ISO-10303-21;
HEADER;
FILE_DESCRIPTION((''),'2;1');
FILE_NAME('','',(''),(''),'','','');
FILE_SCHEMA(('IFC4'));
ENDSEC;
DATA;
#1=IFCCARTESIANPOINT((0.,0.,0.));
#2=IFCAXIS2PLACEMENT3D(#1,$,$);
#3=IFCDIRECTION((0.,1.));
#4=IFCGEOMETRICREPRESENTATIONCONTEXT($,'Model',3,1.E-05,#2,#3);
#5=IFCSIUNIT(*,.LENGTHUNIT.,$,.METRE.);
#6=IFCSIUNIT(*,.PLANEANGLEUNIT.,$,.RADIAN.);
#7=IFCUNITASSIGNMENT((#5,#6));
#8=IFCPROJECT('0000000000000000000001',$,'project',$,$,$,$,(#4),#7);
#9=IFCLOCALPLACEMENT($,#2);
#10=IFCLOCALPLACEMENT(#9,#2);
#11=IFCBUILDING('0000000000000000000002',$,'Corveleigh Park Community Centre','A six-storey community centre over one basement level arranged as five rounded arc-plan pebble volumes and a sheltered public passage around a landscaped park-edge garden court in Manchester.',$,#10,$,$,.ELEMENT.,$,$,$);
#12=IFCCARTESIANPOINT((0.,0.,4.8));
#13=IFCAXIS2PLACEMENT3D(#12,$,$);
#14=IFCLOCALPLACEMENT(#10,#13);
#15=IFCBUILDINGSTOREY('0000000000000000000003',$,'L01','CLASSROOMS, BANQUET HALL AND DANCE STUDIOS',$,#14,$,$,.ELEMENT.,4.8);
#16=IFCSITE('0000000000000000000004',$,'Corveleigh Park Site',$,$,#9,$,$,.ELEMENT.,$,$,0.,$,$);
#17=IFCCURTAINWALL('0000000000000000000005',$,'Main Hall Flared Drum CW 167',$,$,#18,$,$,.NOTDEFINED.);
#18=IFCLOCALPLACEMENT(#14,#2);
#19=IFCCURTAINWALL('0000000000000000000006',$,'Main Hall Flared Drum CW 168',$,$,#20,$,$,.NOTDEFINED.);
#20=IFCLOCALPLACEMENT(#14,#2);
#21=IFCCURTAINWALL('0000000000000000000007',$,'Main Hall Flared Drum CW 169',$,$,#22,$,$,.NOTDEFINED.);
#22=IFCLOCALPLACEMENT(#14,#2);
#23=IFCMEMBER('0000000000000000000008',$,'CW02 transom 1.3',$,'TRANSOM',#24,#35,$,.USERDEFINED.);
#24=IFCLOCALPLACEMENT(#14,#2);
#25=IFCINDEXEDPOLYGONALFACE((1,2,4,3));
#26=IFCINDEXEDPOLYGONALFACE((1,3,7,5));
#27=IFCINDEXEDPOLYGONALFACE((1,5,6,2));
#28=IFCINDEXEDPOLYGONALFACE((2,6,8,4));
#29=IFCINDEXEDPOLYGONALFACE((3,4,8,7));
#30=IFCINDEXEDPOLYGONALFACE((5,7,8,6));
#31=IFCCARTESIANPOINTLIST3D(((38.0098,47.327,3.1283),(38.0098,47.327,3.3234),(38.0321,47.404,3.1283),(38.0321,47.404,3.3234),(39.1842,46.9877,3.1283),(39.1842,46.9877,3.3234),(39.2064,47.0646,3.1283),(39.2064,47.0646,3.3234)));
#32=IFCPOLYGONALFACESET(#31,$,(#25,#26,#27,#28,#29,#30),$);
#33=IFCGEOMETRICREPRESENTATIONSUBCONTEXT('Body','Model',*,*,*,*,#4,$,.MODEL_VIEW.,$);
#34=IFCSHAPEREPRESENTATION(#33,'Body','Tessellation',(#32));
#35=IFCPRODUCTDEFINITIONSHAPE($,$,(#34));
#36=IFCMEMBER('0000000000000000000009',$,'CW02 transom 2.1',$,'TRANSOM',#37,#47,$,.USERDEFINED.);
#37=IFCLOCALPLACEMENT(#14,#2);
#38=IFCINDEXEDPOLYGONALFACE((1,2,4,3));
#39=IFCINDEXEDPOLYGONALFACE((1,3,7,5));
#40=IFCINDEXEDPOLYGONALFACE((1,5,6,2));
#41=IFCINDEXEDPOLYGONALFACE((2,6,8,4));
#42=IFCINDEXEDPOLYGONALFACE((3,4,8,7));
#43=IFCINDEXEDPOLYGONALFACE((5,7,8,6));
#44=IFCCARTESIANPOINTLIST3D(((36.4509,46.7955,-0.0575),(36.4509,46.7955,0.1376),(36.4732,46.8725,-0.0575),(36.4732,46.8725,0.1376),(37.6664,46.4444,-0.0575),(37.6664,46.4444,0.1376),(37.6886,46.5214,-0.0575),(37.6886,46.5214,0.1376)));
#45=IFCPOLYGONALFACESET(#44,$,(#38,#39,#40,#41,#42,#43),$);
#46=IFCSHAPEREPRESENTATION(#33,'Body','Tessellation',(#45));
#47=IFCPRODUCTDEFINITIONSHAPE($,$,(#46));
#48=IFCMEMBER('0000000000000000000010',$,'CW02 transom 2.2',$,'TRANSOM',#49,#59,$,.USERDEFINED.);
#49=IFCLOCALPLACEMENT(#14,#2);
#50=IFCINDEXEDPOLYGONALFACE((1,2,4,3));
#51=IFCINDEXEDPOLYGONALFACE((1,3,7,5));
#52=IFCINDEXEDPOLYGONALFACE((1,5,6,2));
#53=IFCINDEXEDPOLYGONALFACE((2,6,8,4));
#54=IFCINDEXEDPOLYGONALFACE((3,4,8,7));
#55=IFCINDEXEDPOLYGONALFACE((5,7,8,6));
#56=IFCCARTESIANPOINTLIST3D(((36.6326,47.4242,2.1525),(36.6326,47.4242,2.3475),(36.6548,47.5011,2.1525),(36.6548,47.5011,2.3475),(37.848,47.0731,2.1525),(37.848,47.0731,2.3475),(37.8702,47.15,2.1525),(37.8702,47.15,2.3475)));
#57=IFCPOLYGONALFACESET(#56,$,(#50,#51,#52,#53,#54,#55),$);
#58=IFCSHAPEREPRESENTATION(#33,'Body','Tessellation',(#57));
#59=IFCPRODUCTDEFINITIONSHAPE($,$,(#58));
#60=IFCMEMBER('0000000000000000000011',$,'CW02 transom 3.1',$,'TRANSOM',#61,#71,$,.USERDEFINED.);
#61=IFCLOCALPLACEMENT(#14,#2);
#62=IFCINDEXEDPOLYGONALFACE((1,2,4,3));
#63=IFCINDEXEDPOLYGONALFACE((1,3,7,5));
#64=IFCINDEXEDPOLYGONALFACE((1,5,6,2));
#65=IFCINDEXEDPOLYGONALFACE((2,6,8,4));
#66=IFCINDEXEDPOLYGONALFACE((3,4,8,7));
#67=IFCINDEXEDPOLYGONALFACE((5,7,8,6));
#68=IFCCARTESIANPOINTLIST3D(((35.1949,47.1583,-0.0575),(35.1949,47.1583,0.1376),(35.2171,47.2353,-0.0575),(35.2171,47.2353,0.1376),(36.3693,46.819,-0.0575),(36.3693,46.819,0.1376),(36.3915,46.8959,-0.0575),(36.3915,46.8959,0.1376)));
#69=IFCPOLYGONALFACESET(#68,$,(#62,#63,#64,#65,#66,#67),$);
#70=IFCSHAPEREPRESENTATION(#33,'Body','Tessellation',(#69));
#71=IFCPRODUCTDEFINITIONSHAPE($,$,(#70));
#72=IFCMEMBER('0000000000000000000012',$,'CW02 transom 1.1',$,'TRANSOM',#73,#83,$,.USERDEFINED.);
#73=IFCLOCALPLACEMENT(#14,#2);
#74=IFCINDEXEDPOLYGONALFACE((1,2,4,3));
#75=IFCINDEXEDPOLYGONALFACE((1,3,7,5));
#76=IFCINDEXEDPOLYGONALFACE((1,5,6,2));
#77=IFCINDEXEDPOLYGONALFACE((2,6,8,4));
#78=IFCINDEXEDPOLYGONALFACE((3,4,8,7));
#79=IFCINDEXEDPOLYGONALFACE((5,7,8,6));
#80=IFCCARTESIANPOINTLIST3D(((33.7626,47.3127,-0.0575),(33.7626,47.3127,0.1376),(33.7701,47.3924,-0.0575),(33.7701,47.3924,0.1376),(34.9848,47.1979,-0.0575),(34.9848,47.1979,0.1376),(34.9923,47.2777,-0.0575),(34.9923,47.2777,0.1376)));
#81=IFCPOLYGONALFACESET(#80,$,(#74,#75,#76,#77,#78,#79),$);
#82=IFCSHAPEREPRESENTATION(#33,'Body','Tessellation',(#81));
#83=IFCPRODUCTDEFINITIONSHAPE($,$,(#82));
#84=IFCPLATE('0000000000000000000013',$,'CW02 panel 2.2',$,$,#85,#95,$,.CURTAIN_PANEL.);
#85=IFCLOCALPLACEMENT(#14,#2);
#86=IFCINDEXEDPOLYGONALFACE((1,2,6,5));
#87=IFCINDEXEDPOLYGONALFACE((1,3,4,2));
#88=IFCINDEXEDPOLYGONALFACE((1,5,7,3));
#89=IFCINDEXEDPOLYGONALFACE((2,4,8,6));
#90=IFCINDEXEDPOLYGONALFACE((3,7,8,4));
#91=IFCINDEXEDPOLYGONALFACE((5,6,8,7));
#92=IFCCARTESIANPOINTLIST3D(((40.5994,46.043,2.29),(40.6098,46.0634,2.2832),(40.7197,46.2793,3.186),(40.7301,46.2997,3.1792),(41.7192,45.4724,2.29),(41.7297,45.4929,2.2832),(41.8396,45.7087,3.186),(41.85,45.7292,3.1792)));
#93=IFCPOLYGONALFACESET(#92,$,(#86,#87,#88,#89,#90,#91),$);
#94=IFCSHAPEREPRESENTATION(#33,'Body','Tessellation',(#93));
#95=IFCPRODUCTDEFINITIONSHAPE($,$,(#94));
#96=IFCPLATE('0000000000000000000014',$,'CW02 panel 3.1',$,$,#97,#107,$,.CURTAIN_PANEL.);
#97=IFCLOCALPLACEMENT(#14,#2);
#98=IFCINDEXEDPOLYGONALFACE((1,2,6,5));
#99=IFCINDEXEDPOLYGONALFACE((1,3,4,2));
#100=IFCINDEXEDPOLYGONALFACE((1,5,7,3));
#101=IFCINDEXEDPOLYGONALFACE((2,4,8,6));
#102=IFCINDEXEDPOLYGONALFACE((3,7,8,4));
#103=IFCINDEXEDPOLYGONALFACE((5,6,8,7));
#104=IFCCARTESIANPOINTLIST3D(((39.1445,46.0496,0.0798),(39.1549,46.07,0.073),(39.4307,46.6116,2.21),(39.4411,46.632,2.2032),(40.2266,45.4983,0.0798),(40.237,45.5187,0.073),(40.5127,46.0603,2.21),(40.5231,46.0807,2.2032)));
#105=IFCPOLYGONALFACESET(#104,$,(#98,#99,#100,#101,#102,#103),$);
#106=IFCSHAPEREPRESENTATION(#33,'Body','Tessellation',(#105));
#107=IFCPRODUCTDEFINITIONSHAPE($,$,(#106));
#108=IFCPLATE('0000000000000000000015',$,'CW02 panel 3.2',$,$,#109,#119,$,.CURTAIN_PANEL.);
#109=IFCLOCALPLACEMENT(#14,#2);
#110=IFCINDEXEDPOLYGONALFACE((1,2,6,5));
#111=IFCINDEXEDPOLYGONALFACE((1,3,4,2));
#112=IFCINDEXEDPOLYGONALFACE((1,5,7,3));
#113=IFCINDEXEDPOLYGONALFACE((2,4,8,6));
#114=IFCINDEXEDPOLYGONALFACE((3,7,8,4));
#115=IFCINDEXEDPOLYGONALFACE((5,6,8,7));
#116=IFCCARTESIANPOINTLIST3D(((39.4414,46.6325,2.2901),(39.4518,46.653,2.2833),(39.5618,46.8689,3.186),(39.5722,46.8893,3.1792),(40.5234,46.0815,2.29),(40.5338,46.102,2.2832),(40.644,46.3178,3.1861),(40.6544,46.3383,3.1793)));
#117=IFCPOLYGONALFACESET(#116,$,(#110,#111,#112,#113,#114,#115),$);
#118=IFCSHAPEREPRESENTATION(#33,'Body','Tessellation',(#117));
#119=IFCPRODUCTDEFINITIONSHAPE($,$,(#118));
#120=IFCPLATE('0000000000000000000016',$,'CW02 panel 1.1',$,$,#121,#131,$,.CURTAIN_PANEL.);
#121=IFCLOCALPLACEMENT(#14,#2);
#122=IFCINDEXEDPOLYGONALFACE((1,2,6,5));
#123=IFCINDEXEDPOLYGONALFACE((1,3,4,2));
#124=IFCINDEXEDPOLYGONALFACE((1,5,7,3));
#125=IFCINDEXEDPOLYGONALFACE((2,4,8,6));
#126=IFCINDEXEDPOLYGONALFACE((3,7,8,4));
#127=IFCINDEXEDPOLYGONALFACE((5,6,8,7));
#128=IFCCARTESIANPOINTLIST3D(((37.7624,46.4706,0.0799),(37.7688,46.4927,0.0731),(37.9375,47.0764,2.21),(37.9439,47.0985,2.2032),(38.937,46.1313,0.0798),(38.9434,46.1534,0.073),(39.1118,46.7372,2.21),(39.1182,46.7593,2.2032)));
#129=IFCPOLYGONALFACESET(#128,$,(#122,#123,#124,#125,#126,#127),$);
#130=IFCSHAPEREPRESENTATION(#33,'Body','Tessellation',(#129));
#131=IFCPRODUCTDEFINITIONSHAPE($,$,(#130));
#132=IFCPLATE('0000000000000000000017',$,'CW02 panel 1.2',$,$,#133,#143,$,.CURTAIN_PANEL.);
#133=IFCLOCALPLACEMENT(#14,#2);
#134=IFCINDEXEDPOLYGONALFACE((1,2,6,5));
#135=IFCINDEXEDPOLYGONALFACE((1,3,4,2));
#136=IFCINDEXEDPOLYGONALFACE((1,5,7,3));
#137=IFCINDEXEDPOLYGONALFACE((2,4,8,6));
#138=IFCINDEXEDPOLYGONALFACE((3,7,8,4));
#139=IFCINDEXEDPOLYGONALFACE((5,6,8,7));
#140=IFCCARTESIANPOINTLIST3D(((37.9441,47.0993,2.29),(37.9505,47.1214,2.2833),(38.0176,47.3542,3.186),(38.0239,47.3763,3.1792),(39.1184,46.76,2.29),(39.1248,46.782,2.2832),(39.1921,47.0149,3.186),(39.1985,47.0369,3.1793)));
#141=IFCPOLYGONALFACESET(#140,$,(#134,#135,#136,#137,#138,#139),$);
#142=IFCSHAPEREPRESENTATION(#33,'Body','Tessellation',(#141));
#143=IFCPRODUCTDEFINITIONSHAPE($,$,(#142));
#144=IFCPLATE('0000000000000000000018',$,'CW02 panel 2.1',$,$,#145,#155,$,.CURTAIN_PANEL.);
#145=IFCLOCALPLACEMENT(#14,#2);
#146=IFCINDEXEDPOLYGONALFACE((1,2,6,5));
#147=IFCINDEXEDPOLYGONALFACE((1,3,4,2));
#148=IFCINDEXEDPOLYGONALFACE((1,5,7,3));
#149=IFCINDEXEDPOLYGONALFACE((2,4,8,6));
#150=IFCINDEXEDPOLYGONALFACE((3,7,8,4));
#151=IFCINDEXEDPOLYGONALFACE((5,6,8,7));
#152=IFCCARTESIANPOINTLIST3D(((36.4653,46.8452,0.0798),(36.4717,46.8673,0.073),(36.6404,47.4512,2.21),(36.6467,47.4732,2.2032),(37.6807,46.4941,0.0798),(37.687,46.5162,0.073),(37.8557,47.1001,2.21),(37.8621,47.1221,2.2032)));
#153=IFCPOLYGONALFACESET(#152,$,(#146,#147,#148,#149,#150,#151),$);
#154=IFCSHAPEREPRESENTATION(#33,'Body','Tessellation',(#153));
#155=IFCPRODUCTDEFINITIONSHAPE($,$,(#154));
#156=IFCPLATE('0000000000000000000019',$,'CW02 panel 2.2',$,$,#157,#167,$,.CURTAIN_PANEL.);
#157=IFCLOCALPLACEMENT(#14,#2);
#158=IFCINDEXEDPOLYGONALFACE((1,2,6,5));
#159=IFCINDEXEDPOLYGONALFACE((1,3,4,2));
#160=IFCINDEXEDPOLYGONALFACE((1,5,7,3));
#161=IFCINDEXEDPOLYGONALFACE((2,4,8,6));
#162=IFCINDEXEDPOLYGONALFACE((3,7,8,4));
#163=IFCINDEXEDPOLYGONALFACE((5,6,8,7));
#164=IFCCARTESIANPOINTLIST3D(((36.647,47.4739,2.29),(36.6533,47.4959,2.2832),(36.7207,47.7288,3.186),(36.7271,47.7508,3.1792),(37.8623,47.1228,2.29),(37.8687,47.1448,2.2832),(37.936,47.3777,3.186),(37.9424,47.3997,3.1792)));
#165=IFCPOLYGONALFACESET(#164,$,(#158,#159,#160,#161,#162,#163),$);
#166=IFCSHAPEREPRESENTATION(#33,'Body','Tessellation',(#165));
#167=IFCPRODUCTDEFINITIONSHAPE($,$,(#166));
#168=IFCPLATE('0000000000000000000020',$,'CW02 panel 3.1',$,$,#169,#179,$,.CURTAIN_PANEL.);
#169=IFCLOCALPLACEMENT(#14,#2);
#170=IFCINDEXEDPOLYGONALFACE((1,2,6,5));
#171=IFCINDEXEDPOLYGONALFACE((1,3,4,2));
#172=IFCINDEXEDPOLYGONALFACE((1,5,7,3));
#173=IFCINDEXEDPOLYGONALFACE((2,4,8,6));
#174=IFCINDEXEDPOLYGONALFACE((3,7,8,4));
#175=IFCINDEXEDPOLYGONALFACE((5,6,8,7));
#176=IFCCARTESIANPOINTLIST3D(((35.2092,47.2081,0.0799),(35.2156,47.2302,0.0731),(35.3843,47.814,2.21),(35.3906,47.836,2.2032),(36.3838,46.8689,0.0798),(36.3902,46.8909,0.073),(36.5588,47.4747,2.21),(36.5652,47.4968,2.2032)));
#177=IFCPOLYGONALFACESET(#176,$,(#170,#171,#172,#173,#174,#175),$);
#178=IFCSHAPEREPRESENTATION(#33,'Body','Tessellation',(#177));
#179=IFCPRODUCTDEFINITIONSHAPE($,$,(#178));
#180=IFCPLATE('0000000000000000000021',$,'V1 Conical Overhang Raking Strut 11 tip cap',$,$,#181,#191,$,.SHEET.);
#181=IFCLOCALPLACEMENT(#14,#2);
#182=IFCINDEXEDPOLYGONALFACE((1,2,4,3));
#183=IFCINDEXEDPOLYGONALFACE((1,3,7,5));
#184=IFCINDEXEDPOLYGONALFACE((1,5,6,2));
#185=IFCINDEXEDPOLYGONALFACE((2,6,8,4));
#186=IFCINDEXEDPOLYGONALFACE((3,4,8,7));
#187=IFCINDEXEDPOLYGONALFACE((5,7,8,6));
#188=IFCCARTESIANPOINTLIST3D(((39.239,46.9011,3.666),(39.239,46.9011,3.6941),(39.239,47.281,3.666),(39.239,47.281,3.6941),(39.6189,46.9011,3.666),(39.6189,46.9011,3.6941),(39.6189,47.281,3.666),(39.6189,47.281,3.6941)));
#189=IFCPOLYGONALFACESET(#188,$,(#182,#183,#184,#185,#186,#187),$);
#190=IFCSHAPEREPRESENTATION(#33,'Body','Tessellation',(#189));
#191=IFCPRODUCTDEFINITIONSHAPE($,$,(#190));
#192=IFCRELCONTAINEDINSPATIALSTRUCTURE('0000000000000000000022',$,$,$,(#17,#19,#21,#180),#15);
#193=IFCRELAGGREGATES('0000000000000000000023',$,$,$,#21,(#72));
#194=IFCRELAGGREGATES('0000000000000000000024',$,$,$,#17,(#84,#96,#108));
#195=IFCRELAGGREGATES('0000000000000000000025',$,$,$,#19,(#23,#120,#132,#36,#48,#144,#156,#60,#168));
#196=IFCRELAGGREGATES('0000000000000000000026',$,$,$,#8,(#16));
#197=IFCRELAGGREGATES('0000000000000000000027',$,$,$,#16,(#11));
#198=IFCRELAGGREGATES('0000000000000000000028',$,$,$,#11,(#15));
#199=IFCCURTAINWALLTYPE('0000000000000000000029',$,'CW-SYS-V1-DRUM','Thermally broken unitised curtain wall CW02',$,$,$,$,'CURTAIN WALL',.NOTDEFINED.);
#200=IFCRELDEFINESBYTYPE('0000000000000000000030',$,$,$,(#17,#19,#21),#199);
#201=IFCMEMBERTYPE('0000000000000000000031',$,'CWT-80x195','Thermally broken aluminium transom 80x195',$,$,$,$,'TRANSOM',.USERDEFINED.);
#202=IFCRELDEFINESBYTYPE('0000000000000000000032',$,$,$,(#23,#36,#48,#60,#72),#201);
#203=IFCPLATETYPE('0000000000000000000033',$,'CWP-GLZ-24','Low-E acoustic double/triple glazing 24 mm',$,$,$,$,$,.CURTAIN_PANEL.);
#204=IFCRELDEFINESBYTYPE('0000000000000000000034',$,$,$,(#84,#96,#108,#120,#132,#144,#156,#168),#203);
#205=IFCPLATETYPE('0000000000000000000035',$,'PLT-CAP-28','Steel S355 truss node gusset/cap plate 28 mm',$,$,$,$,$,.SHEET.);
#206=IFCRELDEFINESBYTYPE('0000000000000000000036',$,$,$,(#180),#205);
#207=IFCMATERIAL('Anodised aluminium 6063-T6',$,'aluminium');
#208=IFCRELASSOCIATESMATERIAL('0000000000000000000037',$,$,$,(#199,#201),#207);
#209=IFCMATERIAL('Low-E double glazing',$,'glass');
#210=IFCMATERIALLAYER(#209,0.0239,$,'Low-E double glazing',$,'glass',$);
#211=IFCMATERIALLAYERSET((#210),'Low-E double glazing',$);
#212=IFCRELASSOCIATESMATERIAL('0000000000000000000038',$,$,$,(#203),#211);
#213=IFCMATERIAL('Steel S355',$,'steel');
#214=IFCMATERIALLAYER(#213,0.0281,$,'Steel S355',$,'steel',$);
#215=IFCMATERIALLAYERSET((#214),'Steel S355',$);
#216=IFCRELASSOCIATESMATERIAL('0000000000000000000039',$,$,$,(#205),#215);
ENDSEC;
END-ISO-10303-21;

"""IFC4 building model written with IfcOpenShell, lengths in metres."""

from ifc_helpers import new_model, si_unit, direction, frame, origin, origin_2d, place, context, subcontext, project, spatial, polyline, rectangle, outline, extrude, material, layer, layer_set, material_profile, profile_set, type_object, element, aggregate, save


model = new_model("IFC4")

# Units and contexts
model_context = context("Model", 3, precision=1e-05, world=origin(), true_north=direction((0.0, 1.0)))
body_context = subcontext(model_context, "Body", "Model", "MODEL_VIEW")
ifc_project = project(units=[si_unit("LENGTHUNIT", "METRE"), si_unit("PLANEANGLEUNIT", "RADIAN")], contexts=[model_context])

# Site, building, storey
site_placement = place(None, origin())
site = spatial("IfcSite", under=ifc_project, at=site_placement, Name="Corveleigh Park Site", CompositionType="ELEMENT", RefElevation=0.0)
building_placement = place(site_placement, origin())
building = spatial("IfcBuilding", under=site, at=building_placement, Name="Corveleigh Park Community Centre", Description="A six-storey community centre over one basement level arranged as five rounded arc-plan pebble volumes and a sheltered public passage around a landscaped park-edge garden court in Manchester.", CompositionType="ELEMENT")
storey_placement = place(building_placement, frame((0.0, 0.0, 4.8)))
storey = spatial("IfcBuildingStorey", under=building, at=storey_placement, Name="L01", Description="CLASSROOMS, BANQUET HALL AND DANCE STUDIOS", CompositionType="ELEMENT", Elevation=4.8)

# Curtain walls
ifc_material_1 = material(Name="Anodised aluminium 6063-T6", Category="aluminium")
curtain_wall_type = type_object("IfcCurtainWallType", Name="CW-SYS-V1-DRUM", Description="Thermally broken unitised curtain wall CW02", ElementType="CURTAIN WALL", PredefinedType="NOTDEFINED", material=ifc_material_1)
curtain_wall_1_placement = place(storey_placement, origin())
curtain_wall_1 = element("IfcCurtainWall", 1, at=curtain_wall_1_placement, inside=storey, type_object=curtain_wall_type, Name="Main Hall Flared Drum CW 167", PredefinedType="NOTDEFINED")
curtain_wall_2_placement = place(storey_placement, origin())
curtain_wall_2 = element("IfcCurtainWall", 2, at=curtain_wall_2_placement, inside=storey, type_object=curtain_wall_type, Name="Main Hall Flared Drum CW 168", PredefinedType="NOTDEFINED")

# Curtain wall
curtain_wall_3_placement = place(storey_placement, origin())
curtain_wall_3 = element("IfcCurtainWall", 3, at=curtain_wall_3_placement, inside=storey, type_object=curtain_wall_type, Name="Main Hall Flared Drum CW 169", PredefinedType="NOTDEFINED")

# Members
ifc_material_profile_1 = material_profile(ifc_material_1, rectangle(XDim=0.0801, YDim=0.1951, at=origin_2d()), Name="ALU-T80x195", Category="aluminium")
ifc_profile_set_1 = profile_set([ifc_material_profile_1], Name="Anodised aluminium 6063-T6")
member_type_1 = type_object("IfcMemberType", Name="CWT-80x195", Description="Thermally broken aluminium transom 80x195", ElementType="TRANSOM", PredefinedType="USERDEFINED", material=ifc_profile_set_1)
member_1_placement = place(storey_placement, frame((39.1953, 47.0261, 3.2258), z_axis=(-0.960691, 0.277622, 0.0), x_axis=(-0.277622, -0.960691, 0.0)))
member_1 = element("IfcMember", 4, at=member_1_placement, type_object=member_type_1, Name="CW02 transom 1.3", ObjectType="TRANSOM", PredefinedType="USERDEFINED", context=body_context, shape_type="SweptSolid", body=[
    extrude(rectangle(XDim=0.0801, YDim=0.1951, at=origin_2d()), origin(), (0.0, 0.0, 1.0), 1.2224),
])
member_2_placement = place(storey_placement, frame((37.6775, 46.4829, 0.04), z_axis=(-0.960719, 0.277524, 0.0), x_axis=(-0.277524, -0.960719, 0.0)))
member_2 = element("IfcMember", 5, at=member_2_placement, type_object=member_type_1, Name="CW02 transom 2.1", ObjectType="TRANSOM", PredefinedType="USERDEFINED", context=body_context, shape_type="SweptSolid", body=[
    extrude(rectangle(XDim=0.0801, YDim=0.1951, at=origin_2d()), origin(), (0.0, 0.0, 1.0), 1.2651),
])
member_3_placement = place(storey_placement, frame((37.8591, 47.1116, 2.25), z_axis=(-0.960719, 0.277524, 0.0), x_axis=(-0.277524, -0.960719, 0.0)))
member_3 = element("IfcMember", 6, at=member_3_placement, type_object=member_type_1, Name="CW02 transom 2.2", ObjectType="TRANSOM", PredefinedType="USERDEFINED", context=body_context, shape_type="SweptSolid", body=[
    extrude(rectangle(XDim=0.0801, YDim=0.1951, at=origin_2d()), origin(), (0.0, 0.0, 1.0), 1.2651),
])
member_4_placement = place(storey_placement, frame((36.3804, 46.8574, 0.04), z_axis=(-0.960691, 0.277622, 0.0), x_axis=(-0.277622, -0.960691, 0.0)))
member_4 = element("IfcMember", 7, at=member_4_placement, type_object=member_type_1, Name="CW02 transom 3.1", ObjectType="TRANSOM", PredefinedType="USERDEFINED", context=body_context, shape_type="SweptSolid", body=[
    extrude(rectangle(XDim=0.0801, YDim=0.1951, at=origin_2d()), origin(), (0.0, 0.0, 1.0), 1.2224),
])
member_5_placement = place(storey_placement, frame((34.9885, 47.2378, 0.04), z_axis=(-0.995622, 0.093476, 0.0), x_axis=(-0.093476, -0.995622, 0.0)))
member_5 = element("IfcMember", 8, at=member_5_placement, type_object=member_type_1, Name="CW02 transom 1.1", ObjectType="TRANSOM", PredefinedType="USERDEFINED", context=body_context, shape_type="SweptSolid", body=[
    extrude(rectangle(XDim=0.0801, YDim=0.1951, at=origin_2d()), origin(), (0.0, 0.0, 1.0), 1.2275),
])
aggregate(curtain_wall_3, [member_5])

# Plates
ifc_material_2 = material(Name="Low-E double glazing", Category="glass")
ifc_layer_1 = layer(ifc_material_2, 0.0239, Name="Low-E double glazing", Category="glass")
ifc_layer_set_1 = layer_set([ifc_layer_1], Name="Low-E double glazing")
plate_type_1 = type_object("IfcPlateType", Name="CWP-GLZ-24", Description="Low-E acoustic double/triple glazing 24 mm", PredefinedType="CURTAIN_PANEL", material=ifc_layer_set_1)
plate_1_placement = place(storey_placement, frame((41.7192, 45.4724, 2.29), z_axis=(-0.435292, -0.854379, 0.283825), x_axis=(-0.891022, 0.453961, 0.0)))
plate_1 = element("IfcPlate", 9, at=plate_1_placement, type_object=plate_type_1, Name="CW02 panel 2.2", PredefinedType="CURTAIN_PANEL", context=body_context, shape_type="SweptSolid", body=[
    extrude(outline(polyline([(0.0, 0.0), (1.2568, 0.0), (1.2569, -0.9344), (0.0, -0.9344), (0.0, 0.0)])), origin(), (0.0, 0.0, -1.0), 0.0239),
])
plate_2_placement = place(storey_placement, frame((40.2266, 45.4983, 0.0798), z_axis=(-0.435279, -0.854366, 0.283885), x_axis=(-0.891024, 0.453956, 0.0)))
plate_2 = element("IfcPlate", 10, at=plate_2_placement, type_object=plate_type_1, Name="CW02 panel 3.1", PredefinedType="CURTAIN_PANEL", context=body_context, shape_type="SweptSolid", body=[
    extrude(outline(polyline([(0.0, 0.0), (1.2144, 0.0), (1.2145, -2.2215), (0.0002, -2.2215), (0.0, 0.0)])), origin(), (0.0, 0.0, -1.0), 0.0239),
])
plate_3_placement = place(storey_placement, frame((40.5234, 46.0815, 2.29), z_axis=(-0.435088, -0.854465, 0.28388), x_axis=(-0.891124, 0.453759, 0.000012)))
plate_3 = element("IfcPlate", 11, at=plate_3_placement, type_object=plate_type_1, Name="CW02 panel 3.2", PredefinedType="CURTAIN_PANEL", context=body_context, shape_type="SweptSolid", body=[
    extrude(outline(polyline([(0.0, 0.0), (1.2143, 0.0), (1.2142, -0.9344), (-0.0002, -0.9345), (0.0, 0.0)])), origin(), (0.0, 0.0, -1.0), 0.0239),
])
aggregate(curtain_wall_1, [plate_1, plate_2, plate_3])
plate_4_placement = place(storey_placement, frame((38.937, 46.1313, 0.0798), z_axis=(-0.266088, -0.921208, 0.283854), x_axis=(-0.960723, 0.277508, 0.000019)))
plate_4 = element("IfcPlate", 12, at=plate_4_placement, type_object=plate_type_1, Name="CW02 panel 1.1", PredefinedType="CURTAIN_PANEL", context=body_context, shape_type="SweptSolid", body=[
    extrude(outline(polyline([(0.0, 0.0), (1.2226, 0.0), (1.2226, -2.2215), (0.0003, -2.2215), (0.0, 0.0)])), origin(), (0.0, 0.0, -1.0), 0.0239),
])
plate_5_placement = place(storey_placement, frame((39.1184, 46.76, 2.29), z_axis=(-0.266172, -0.921166, 0.28391), x_axis=(-0.960698, 0.277597, 0.000008)))
plate_5 = element("IfcPlate", 13, at=plate_5_placement, type_object=plate_type_1, Name="CW02 panel 1.2", PredefinedType="CURTAIN_PANEL", context=body_context, shape_type="SweptSolid", body=[
    extrude(outline(polyline([(0.0, 0.0), (1.2224, 0.0), (1.2225, -0.9344), (-0.0001, -0.9345), (0.0, 0.0)])), origin(), (0.0, 0.0, -1.0), 0.0239),
])
plate_6_placement = place(storey_placement, frame((37.6807, 46.4941, 0.0798), z_axis=(-0.266103, -0.921184, 0.283917), x_axis=(-0.960719, 0.277524, 0.0)))
plate_6 = element("IfcPlate", 14, at=plate_6_placement, type_object=plate_type_1, Name="CW02 panel 2.1", PredefinedType="CURTAIN_PANEL", context=body_context, shape_type="SweptSolid", body=[
    extrude(outline(polyline([(0.0, 0.0), (1.265, 0.0), (1.265, -2.2215), (0.0, -2.2215), (0.0, 0.0)])), origin(), (0.0, 0.0, -1.0), 0.0239),
])
plate_7_placement = place(storey_placement, frame((37.8623, 47.1228, 2.29), z_axis=(-0.266101, -0.921177, 0.283943), x_axis=(-0.960719, 0.277524, 0.0)))
plate_7 = element("IfcPlate", 15, at=plate_7_placement, type_object=plate_type_1, Name="CW02 panel 2.2", PredefinedType="CURTAIN_PANEL", context=body_context, shape_type="SweptSolid", body=[
    extrude(outline(polyline([(0.0, 0.0), (1.265, 0.0), (1.2649, -0.9345), (-0.0001, -0.9345), (0.0, 0.0)])), origin(), (0.0, 0.0, -1.0), 0.0239),
])
plate_8_placement = place(storey_placement, frame((36.3838, 46.8689, 0.0798), z_axis=(-0.266062, -0.921211, 0.283868), x_axis=(-0.96073, 0.277484, 0.000026)))
plate_8 = element("IfcPlate", 16, at=plate_8_placement, type_object=plate_type_1, Name="CW02 panel 3.1", PredefinedType="CURTAIN_PANEL", context=body_context, shape_type="SweptSolid", body=[
    extrude(outline(polyline([(0.0, 0.0), (1.2226, 0.0), (1.2226, -2.2215), (0.0, -2.2215), (0.0, 0.0)])), origin(), (0.0, 0.0, -1.0), 0.0239),
])
aggregate(curtain_wall_2, [member_1, plate_4, plate_5, member_2, member_3, plate_6, plate_7, member_4, plate_8])
ifc_material_3 = material(Name="Steel S355", Category="steel")
ifc_layer_2 = layer(ifc_material_3, 0.0281, Name="Steel S355", Category="steel")
ifc_layer_set_2 = layer_set([ifc_layer_2], Name="Steel S355")
plate_type_2 = type_object("IfcPlateType", Name="PLT-CAP-28", Description="Steel S355 truss node gusset/cap plate 28 mm", PredefinedType="SHEET", material=ifc_layer_set_2)
plate_9_placement = place(storey_placement, frame((39.429, 47.0911, 3.666), z_axis=(0.0, 0.0, 1.0), x_axis=(1.0, 0.0, 0.0)))
element("IfcPlate", 17, at=plate_9_placement, inside=storey, type_object=plate_type_2, Name="V1 Conical Overhang Raking Strut 11 tip cap", PredefinedType="SHEET", context=body_context, shape_type="SweptSolid", body=[
    extrude(rectangle(XDim=0.3799, YDim=0.3799, at=origin_2d()), origin(), (0.0, 0.0, 1.0), 0.0281),
])

save(model, "model.ifc")
